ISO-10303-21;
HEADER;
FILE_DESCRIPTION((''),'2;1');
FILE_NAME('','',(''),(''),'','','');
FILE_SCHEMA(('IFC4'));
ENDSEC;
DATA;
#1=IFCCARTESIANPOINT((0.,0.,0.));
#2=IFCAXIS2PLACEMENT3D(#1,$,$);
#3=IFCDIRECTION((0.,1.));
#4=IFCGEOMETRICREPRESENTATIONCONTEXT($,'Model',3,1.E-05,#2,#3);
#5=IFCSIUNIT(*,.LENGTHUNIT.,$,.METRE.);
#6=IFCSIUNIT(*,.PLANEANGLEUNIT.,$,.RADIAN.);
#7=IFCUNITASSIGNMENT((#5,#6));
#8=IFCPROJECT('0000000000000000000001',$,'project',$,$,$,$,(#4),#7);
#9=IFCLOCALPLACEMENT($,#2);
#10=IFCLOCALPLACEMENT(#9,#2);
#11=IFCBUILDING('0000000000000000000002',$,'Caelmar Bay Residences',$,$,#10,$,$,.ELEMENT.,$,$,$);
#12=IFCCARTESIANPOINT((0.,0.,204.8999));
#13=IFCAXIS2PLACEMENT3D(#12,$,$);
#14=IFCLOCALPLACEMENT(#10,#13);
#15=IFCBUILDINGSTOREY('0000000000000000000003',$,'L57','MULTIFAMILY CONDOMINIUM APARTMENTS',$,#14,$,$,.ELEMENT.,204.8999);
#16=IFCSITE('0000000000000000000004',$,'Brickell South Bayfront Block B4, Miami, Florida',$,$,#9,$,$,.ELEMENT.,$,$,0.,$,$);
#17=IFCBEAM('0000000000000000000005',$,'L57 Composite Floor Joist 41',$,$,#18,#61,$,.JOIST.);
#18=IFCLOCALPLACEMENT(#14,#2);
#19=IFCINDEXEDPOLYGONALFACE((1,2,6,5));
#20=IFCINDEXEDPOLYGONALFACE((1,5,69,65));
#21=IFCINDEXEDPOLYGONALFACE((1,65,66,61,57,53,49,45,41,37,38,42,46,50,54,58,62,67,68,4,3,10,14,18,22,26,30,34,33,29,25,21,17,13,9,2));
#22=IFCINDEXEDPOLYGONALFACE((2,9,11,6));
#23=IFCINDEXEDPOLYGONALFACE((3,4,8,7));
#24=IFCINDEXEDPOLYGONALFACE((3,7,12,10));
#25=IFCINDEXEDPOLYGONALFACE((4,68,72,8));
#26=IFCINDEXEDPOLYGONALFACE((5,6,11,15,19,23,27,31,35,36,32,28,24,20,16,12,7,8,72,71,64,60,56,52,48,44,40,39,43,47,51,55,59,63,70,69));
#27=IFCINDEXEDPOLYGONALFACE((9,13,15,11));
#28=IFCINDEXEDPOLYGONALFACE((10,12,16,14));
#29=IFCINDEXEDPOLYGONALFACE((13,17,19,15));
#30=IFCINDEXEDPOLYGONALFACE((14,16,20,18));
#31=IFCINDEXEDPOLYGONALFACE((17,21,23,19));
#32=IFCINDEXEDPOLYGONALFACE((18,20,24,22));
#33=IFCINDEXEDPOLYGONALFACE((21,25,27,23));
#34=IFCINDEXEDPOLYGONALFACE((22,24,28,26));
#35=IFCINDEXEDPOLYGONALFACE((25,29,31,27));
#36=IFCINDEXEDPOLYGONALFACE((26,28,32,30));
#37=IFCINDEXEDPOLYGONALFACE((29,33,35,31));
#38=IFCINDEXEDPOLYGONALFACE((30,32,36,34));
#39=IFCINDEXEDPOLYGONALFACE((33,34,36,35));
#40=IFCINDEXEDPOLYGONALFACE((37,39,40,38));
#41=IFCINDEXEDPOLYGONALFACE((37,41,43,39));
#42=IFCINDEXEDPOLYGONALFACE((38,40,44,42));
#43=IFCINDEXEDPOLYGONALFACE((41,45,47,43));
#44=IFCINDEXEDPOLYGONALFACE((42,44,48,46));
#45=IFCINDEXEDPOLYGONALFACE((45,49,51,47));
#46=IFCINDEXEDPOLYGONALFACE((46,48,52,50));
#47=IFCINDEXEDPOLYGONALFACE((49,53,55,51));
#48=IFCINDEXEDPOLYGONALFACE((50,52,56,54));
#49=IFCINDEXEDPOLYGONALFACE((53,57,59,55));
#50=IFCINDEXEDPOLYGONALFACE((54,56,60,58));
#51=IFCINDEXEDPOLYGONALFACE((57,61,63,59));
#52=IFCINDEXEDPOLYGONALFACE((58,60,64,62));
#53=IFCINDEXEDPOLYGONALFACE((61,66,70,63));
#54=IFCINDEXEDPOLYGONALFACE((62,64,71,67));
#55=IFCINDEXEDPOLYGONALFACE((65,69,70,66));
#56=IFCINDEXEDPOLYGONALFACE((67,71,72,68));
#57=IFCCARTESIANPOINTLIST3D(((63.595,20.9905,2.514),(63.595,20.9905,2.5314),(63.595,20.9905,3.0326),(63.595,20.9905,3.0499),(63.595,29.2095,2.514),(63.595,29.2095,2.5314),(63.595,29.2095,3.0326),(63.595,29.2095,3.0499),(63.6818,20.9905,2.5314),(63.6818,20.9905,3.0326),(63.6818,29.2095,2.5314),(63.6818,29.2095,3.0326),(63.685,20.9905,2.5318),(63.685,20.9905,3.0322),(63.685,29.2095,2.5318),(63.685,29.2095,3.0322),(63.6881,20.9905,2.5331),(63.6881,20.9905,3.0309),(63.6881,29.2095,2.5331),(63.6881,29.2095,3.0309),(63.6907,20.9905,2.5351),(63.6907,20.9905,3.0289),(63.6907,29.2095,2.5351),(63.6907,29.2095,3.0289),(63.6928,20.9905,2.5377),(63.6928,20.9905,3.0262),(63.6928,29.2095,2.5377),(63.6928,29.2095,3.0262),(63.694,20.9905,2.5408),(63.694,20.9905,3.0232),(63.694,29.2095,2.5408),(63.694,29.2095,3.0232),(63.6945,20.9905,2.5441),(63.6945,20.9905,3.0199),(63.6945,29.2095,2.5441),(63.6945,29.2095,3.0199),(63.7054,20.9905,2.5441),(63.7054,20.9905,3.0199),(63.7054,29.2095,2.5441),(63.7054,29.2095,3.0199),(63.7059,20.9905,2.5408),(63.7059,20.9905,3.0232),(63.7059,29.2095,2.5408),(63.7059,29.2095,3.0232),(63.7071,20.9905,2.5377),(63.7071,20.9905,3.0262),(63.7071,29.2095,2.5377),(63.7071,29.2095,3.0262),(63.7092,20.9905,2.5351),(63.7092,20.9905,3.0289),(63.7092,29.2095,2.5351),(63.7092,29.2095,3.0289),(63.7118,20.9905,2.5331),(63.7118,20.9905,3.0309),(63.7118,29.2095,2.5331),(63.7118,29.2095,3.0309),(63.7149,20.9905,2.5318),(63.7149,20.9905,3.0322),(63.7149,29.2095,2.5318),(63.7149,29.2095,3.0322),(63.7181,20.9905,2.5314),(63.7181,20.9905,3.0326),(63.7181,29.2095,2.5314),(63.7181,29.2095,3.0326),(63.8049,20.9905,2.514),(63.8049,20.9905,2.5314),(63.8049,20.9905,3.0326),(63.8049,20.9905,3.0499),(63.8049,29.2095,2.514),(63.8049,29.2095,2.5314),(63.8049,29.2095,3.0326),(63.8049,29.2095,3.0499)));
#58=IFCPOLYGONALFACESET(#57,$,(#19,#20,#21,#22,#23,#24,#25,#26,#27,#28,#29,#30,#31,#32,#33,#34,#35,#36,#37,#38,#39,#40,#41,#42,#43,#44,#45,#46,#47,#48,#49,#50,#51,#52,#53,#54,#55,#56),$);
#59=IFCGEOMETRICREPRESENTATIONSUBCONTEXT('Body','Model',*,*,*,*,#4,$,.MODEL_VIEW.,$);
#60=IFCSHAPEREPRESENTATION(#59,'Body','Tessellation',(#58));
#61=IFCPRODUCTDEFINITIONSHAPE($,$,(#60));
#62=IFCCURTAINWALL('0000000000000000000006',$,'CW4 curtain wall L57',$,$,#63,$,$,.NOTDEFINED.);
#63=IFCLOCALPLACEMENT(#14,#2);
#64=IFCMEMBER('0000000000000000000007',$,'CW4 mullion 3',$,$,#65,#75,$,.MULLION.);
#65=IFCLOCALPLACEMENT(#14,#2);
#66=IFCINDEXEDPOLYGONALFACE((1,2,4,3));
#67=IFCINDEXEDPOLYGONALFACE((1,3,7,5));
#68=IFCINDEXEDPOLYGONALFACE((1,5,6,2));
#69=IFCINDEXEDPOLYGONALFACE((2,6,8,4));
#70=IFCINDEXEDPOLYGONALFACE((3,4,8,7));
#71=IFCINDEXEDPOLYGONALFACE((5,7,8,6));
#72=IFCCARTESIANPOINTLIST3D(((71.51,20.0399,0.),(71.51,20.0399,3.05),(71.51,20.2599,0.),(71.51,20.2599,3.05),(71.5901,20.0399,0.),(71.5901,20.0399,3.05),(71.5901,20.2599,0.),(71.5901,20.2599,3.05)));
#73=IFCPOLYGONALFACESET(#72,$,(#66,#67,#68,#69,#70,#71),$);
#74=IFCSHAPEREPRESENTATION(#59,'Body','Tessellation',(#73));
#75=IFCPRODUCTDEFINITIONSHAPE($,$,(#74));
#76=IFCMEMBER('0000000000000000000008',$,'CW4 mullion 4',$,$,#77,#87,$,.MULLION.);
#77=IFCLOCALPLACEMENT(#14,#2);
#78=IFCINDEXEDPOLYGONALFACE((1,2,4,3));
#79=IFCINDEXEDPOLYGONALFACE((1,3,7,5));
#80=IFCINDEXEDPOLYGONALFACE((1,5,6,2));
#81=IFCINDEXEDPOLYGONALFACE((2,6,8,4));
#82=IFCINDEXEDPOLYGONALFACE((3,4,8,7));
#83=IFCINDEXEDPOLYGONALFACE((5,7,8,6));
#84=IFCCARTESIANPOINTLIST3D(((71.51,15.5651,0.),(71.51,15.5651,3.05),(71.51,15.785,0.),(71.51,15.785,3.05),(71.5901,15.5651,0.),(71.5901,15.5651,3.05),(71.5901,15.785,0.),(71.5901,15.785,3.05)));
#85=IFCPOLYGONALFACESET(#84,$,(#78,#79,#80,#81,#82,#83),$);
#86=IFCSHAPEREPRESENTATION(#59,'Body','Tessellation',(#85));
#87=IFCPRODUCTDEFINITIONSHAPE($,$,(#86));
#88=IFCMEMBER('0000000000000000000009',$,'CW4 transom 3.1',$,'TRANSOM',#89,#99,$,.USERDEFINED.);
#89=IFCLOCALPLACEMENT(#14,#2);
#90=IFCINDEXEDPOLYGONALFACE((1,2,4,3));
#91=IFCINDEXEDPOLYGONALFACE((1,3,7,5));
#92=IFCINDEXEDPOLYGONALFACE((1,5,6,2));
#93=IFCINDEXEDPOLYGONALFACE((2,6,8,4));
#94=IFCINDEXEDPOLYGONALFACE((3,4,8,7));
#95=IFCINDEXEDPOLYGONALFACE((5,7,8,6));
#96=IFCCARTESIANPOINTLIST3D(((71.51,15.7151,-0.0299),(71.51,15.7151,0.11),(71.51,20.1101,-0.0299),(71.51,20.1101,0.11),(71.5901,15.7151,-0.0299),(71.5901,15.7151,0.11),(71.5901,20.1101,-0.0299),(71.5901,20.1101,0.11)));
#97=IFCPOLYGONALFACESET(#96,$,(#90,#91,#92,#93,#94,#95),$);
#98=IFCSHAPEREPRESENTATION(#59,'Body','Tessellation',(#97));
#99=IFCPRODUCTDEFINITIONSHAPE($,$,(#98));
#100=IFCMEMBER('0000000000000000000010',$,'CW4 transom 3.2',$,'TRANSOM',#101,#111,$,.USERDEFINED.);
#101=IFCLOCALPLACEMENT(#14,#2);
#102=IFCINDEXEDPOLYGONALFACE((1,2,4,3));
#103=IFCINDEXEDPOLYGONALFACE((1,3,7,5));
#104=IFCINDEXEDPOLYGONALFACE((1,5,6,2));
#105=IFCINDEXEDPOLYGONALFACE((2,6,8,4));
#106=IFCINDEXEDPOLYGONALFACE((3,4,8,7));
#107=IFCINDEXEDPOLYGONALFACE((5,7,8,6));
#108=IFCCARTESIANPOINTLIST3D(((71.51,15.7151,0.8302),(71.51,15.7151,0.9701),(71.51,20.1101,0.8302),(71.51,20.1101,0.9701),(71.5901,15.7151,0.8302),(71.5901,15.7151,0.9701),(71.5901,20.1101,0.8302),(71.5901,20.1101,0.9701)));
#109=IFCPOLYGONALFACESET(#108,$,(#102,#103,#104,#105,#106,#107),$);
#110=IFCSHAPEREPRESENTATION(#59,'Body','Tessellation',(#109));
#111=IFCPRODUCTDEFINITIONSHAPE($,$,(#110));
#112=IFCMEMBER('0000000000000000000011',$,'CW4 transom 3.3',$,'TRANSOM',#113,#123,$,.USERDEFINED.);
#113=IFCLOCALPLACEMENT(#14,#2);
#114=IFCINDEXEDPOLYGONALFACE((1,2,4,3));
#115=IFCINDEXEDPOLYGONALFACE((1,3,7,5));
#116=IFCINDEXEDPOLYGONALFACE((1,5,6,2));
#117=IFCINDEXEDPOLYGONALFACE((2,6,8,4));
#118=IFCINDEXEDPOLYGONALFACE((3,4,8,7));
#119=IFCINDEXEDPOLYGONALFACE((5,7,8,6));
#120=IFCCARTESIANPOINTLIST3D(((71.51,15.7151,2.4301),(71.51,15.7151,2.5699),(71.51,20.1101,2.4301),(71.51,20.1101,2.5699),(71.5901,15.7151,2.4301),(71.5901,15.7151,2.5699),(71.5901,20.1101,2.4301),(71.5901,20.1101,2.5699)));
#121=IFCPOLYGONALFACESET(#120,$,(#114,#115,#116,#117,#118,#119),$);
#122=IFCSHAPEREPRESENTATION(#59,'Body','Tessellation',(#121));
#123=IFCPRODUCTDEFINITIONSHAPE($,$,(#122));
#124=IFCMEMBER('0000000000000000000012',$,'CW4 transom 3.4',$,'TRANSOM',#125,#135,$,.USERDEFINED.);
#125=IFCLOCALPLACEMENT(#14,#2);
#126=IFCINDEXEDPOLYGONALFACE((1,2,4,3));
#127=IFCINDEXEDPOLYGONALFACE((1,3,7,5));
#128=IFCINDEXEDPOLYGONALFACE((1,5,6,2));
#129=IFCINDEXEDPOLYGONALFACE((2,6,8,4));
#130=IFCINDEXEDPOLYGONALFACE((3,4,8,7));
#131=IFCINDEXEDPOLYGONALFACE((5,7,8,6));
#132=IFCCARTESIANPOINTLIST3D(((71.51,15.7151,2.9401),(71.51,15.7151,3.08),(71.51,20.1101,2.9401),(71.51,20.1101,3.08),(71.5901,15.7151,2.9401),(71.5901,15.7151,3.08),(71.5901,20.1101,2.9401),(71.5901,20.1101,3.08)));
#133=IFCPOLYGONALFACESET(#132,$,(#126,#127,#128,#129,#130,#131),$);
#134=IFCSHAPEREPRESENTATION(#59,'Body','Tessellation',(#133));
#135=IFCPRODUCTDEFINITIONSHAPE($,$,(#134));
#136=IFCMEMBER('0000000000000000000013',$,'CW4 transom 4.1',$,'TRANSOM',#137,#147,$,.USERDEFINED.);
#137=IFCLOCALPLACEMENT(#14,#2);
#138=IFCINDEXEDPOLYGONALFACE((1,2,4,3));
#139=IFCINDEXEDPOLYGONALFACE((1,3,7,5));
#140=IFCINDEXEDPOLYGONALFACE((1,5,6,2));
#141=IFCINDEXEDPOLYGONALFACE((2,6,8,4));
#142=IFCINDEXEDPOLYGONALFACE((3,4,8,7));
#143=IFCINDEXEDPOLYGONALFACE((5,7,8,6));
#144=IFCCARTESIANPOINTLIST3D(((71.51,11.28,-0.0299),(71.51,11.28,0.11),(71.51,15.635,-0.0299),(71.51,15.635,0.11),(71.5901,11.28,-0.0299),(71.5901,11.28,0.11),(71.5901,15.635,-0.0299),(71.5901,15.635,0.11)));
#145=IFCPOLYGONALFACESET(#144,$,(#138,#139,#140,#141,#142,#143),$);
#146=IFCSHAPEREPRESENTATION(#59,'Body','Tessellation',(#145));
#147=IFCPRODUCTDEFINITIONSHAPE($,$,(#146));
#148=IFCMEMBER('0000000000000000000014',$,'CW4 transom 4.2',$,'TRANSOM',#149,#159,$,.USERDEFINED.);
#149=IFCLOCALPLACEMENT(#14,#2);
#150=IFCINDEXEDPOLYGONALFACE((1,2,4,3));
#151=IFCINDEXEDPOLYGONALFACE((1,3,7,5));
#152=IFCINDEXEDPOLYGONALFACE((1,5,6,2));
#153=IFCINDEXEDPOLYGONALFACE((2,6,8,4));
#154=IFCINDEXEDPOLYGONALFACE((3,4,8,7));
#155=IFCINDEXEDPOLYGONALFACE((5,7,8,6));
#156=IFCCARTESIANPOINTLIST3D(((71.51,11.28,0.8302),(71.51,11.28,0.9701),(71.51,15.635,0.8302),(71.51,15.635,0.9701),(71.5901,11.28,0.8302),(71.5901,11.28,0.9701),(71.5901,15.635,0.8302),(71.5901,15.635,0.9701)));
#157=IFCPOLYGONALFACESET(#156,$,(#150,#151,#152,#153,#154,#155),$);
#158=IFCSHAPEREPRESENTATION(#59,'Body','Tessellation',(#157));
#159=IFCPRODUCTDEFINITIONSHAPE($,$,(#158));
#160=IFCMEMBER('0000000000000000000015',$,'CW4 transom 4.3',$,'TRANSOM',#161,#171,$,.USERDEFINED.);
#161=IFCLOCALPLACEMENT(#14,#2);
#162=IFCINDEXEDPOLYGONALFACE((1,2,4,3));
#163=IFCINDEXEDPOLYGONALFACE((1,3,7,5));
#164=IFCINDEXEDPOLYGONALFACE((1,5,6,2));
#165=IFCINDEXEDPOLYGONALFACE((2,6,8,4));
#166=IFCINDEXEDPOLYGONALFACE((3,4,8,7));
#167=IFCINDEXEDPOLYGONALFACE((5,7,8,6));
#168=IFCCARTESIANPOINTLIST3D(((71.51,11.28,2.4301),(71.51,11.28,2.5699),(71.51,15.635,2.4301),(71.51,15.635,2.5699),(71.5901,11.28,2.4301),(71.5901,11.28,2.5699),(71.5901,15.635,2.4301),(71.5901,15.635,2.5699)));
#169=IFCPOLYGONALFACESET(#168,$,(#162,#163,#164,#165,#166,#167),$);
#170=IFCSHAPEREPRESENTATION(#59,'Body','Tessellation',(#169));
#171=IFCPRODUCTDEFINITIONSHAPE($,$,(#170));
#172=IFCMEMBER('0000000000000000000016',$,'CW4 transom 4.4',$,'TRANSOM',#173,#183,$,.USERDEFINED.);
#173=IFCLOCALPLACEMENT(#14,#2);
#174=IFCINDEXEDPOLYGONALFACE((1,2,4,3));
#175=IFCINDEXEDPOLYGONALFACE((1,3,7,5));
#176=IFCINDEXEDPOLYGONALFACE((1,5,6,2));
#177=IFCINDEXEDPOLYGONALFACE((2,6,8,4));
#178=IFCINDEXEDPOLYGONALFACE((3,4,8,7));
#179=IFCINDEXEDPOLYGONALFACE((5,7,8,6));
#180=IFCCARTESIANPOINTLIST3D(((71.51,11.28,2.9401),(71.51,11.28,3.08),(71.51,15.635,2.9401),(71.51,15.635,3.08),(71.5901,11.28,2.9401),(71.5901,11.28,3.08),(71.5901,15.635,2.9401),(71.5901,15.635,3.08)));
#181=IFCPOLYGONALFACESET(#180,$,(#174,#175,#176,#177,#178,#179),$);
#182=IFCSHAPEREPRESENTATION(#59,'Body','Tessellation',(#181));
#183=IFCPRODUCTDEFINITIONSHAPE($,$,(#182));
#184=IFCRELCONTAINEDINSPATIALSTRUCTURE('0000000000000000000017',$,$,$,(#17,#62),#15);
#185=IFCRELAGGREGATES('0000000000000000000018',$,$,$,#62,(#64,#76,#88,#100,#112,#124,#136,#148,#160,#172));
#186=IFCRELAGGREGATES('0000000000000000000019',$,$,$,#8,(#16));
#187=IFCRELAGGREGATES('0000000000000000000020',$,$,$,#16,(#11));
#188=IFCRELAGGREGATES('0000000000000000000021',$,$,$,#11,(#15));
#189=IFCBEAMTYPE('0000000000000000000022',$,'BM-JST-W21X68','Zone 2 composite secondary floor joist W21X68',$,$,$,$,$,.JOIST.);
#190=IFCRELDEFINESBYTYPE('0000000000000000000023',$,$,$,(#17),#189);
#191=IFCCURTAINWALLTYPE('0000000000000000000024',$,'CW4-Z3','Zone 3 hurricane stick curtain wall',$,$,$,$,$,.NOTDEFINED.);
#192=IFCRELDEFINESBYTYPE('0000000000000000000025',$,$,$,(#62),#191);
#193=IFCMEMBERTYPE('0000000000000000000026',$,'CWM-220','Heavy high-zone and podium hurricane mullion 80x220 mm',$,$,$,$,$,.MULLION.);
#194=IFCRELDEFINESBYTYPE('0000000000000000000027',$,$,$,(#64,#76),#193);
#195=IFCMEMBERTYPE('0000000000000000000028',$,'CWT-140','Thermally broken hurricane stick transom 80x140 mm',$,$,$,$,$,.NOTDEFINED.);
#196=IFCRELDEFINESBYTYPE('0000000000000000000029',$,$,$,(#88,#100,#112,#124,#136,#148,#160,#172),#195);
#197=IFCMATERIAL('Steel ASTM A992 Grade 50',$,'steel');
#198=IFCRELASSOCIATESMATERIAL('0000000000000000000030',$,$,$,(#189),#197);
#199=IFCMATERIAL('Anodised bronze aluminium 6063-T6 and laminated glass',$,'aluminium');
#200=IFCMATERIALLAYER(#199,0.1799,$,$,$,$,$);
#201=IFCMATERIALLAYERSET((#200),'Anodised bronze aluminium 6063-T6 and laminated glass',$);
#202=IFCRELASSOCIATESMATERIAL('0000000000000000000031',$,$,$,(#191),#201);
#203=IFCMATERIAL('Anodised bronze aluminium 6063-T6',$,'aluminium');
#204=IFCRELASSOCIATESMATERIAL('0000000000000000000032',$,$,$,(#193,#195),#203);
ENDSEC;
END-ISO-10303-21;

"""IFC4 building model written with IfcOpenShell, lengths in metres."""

from ifc_helpers import new_model, si_unit, direction, frame, origin, origin_2d, place, context, subcontext, project, spatial, rectangle, i_section, extrude, material, layer, layer_set, material_profile, profile_set, type_object, element, aggregate, save


model = new_model("IFC4")

# Units and contexts
model_context = context("Model", 3, precision=1e-05, world=origin(), true_north=direction((0.0, 1.0)))
body_context = subcontext(model_context, "Body", "Model", "MODEL_VIEW")
ifc_project = project(units=[si_unit("LENGTHUNIT", "METRE"), si_unit("PLANEANGLEUNIT", "RADIAN")], contexts=[model_context])

# Site, building, storey
site_placement = place(None, origin())
site = spatial("IfcSite", under=ifc_project, at=site_placement, Name="Brickell South Bayfront Block B4, Miami, Florida", CompositionType="ELEMENT", RefElevation=0.0)
building_placement = place(site_placement, origin())
building = spatial("IfcBuilding", under=site, at=building_placement, Name="Caelmar Bay Residences", CompositionType="ELEMENT")
storey_placement = place(building_placement, frame((0.0, 0.0, 204.8999)))
storey = spatial("IfcBuildingStorey", under=building, at=storey_placement, Name="L57", Description="MULTIFAMILY CONDOMINIUM APARTMENTS", CompositionType="ELEMENT", Elevation=204.8999)

# Beam
ifc_material_1 = material(Name="Steel ASTM A992 Grade 50", Category="steel")
ifc_material_profile_1 = material_profile(ifc_material_1, i_section(OverallWidth=0.21, OverallDepth=0.5359, WebThickness=0.011, FlangeThickness=0.0173, FilletRadius=0.0127, at=origin_2d()), Name="W21X68")
ifc_profile_set_1 = profile_set([ifc_material_profile_1], Name="Steel ASTM A992 Grade 50")
beam_type_1 = type_object("IfcBeamType", Name="BM-JST-W21X68", Description="Zone 2 composite secondary floor joist W21X68", PredefinedType="JOIST", material=ifc_profile_set_1)
beam_1_placement = place(storey_placement, frame((63.7, 20.9905, 2.782), z_axis=(0.0, 1.0, 0.0), x_axis=(-1.0, 0.0, 0.0)))
element("IfcBeam", 1, at=beam_1_placement, inside=storey, type_object=beam_type_1, Name="L57 Composite Floor Joist 41", PredefinedType="JOIST", context=body_context, shape_type="SweptSolid", body=[
    extrude(i_section(OverallWidth=0.21, OverallDepth=0.5359, WebThickness=0.011, FlangeThickness=0.0173, FilletRadius=0.0127, at=origin_2d()), origin(), (0.0, 0.0, 1.0), 8.219),
])

# Curtain wall, members
ifc_material_2 = material(Name="Anodised bronze aluminium 6063-T6 and laminated glass", Category="aluminium")
ifc_layer_1 = layer(ifc_material_2, 0.1799)
ifc_layer_set_1 = layer_set([ifc_layer_1], Name="Anodised bronze aluminium 6063-T6 and laminated glass")
curtain_wall_type = type_object("IfcCurtainWallType", Name="CW4-Z3", Description="Zone 3 hurricane stick curtain wall", PredefinedType="NOTDEFINED", material=ifc_layer_set_1)
curtain_wall_placement = place(storey_placement, origin())
curtain_wall = element("IfcCurtainWall", 2, at=curtain_wall_placement, inside=storey, type_object=curtain_wall_type, Name="CW4 curtain wall L57", PredefinedType="NOTDEFINED")
ifc_material_3 = material(Name="Anodised bronze aluminium 6063-T6", Category="aluminium")
ifc_material_profile_2 = material_profile(ifc_material_3, rectangle(XDim=0.0801, YDim=0.22, at=origin_2d()), Name="CWM-80X220")
ifc_profile_set_2 = profile_set([ifc_material_profile_2], Name="Anodised bronze aluminium 6063-T6")
member_type_1 = type_object("IfcMemberType", Name="CWM-220", Description="Heavy high-zone and podium hurricane mullion 80x220 mm", PredefinedType="MULLION", material=ifc_profile_set_2)
member_1_placement = place(storey_placement, frame((71.55, 20.1499, 0.0), z_axis=(0.0, 0.0, 1.0), x_axis=(1.0, 0.0, 0.0)))
member_1 = element("IfcMember", 3, at=member_1_placement, type_object=member_type_1, Name="CW4 mullion 3", PredefinedType="MULLION", context=body_context, shape_type="SweptSolid", body=[
    extrude(rectangle(XDim=0.0801, YDim=0.22, at=origin_2d()), origin(), (0.0, 0.0, 1.0), 3.05),
])
member_2_placement = place(storey_placement, frame((71.55, 15.675, 0.0), z_axis=(0.0, 0.0, 1.0), x_axis=(1.0, 0.0, 0.0)))
member_2 = element("IfcMember", 4, at=member_2_placement, type_object=member_type_1, Name="CW4 mullion 4", PredefinedType="MULLION", context=body_context, shape_type="SweptSolid", body=[
    extrude(rectangle(XDim=0.0801, YDim=0.22, at=origin_2d()), origin(), (0.0, 0.0, 1.0), 3.05),
])
ifc_material_profile_3 = material_profile(ifc_material_3, rectangle(XDim=0.0801, YDim=0.1399, at=origin_2d()), Name="CWT-80X140")
ifc_profile_set_3 = profile_set([ifc_material_profile_3], Name="Anodised bronze aluminium 6063-T6")
member_type_2 = type_object("IfcMemberType", Name="CWT-140", Description="Thermally broken hurricane stick transom 80x140 mm", PredefinedType="NOTDEFINED", material=ifc_profile_set_3)
member_3_placement = place(storey_placement, frame((71.55, 20.1101, 0.04), z_axis=(0.0, -1.0, 0.0), x_axis=(1.0, 0.0, 0.0)))
member_3 = element("IfcMember", 5, at=member_3_placement, type_object=member_type_2, Name="CW4 transom 3.1", ObjectType="TRANSOM", PredefinedType="USERDEFINED", context=body_context, shape_type="SweptSolid", body=[
    extrude(rectangle(XDim=0.0801, YDim=0.1399, at=origin_2d()), origin(), (0.0, 0.0, 1.0), 4.395),
])
member_4_placement = place(storey_placement, frame((71.55, 20.1101, 0.9001), z_axis=(0.0, -1.0, 0.0), x_axis=(1.0, 0.0, 0.0)))
member_4 = element("IfcMember", 6, at=member_4_placement, type_object=member_type_2, Name="CW4 transom 3.2", ObjectType="TRANSOM", PredefinedType="USERDEFINED", context=body_context, shape_type="SweptSolid", body=[
    extrude(rectangle(XDim=0.0801, YDim=0.1399, at=origin_2d()), origin(), (0.0, 0.0, 1.0), 4.395),
])
member_5_placement = place(storey_placement, frame((71.55, 20.1101, 2.5), z_axis=(0.0, -1.0, 0.0), x_axis=(1.0, 0.0, 0.0)))
member_5 = element("IfcMember", 7, at=member_5_placement, type_object=member_type_2, Name="CW4 transom 3.3", ObjectType="TRANSOM", PredefinedType="USERDEFINED", context=body_context, shape_type="SweptSolid", body=[
    extrude(rectangle(XDim=0.0801, YDim=0.1399, at=origin_2d()), origin(), (0.0, 0.0, 1.0), 4.395),
])
member_6_placement = place(storey_placement, frame((71.55, 20.1101, 3.01), z_axis=(0.0, -1.0, 0.0), x_axis=(1.0, 0.0, 0.0)))
member_6 = element("IfcMember", 8, at=member_6_placement, type_object=member_type_2, Name="CW4 transom 3.4", ObjectType="TRANSOM", PredefinedType="USERDEFINED", context=body_context, shape_type="SweptSolid", body=[
    extrude(rectangle(XDim=0.0801, YDim=0.1399, at=origin_2d()), origin(), (0.0, 0.0, 1.0), 4.395),
])
member_7_placement = place(storey_placement, frame((71.55, 15.635, 0.04), z_axis=(0.0, -1.0, 0.0), x_axis=(1.0, 0.0, 0.0)))
member_7 = element("IfcMember", 9, at=member_7_placement, type_object=member_type_2, Name="CW4 transom 4.1", ObjectType="TRANSOM", PredefinedType="USERDEFINED", context=body_context, shape_type="SweptSolid", body=[
    extrude(rectangle(XDim=0.0801, YDim=0.1399, at=origin_2d()), origin(), (0.0, 0.0, 1.0), 4.355),
])
member_8_placement = place(storey_placement, frame((71.55, 15.635, 0.9001), z_axis=(0.0, -1.0, 0.0), x_axis=(1.0, 0.0, 0.0)))
member_8 = element("IfcMember", 10, at=member_8_placement, type_object=member_type_2, Name="CW4 transom 4.2", ObjectType="TRANSOM", PredefinedType="USERDEFINED", context=body_context, shape_type="SweptSolid", body=[
    extrude(rectangle(XDim=0.0801, YDim=0.1399, at=origin_2d()), origin(), (0.0, 0.0, 1.0), 4.355),
])
member_9_placement = place(storey_placement, frame((71.55, 15.635, 2.5), z_axis=(0.0, -1.0, 0.0), x_axis=(1.0, 0.0, 0.0)))
member_9 = element("IfcMember", 11, at=member_9_placement, type_object=member_type_2, Name="CW4 transom 4.3", ObjectType="TRANSOM", PredefinedType="USERDEFINED", context=body_context, shape_type="SweptSolid", body=[
    extrude(rectangle(XDim=0.0801, YDim=0.1399, at=origin_2d()), origin(), (0.0, 0.0, 1.0), 4.355),
])
member_10_placement = place(storey_placement, frame((71.55, 15.635, 3.01), z_axis=(0.0, -1.0, 0.0), x_axis=(1.0, 0.0, 0.0)))
member_10 = element("IfcMember", 12, at=member_10_placement, type_object=member_type_2, Name="CW4 transom 4.4", ObjectType="TRANSOM", PredefinedType="USERDEFINED", context=body_context, shape_type="SweptSolid", body=[
    extrude(rectangle(XDim=0.0801, YDim=0.1399, at=origin_2d()), origin(), (0.0, 0.0, 1.0), 4.355),
])
aggregate(curtain_wall, [member_1, member_2, member_3, member_4, member_5, member_6, member_7, member_8, member_9, member_10])

save(model, "model.ifc")
